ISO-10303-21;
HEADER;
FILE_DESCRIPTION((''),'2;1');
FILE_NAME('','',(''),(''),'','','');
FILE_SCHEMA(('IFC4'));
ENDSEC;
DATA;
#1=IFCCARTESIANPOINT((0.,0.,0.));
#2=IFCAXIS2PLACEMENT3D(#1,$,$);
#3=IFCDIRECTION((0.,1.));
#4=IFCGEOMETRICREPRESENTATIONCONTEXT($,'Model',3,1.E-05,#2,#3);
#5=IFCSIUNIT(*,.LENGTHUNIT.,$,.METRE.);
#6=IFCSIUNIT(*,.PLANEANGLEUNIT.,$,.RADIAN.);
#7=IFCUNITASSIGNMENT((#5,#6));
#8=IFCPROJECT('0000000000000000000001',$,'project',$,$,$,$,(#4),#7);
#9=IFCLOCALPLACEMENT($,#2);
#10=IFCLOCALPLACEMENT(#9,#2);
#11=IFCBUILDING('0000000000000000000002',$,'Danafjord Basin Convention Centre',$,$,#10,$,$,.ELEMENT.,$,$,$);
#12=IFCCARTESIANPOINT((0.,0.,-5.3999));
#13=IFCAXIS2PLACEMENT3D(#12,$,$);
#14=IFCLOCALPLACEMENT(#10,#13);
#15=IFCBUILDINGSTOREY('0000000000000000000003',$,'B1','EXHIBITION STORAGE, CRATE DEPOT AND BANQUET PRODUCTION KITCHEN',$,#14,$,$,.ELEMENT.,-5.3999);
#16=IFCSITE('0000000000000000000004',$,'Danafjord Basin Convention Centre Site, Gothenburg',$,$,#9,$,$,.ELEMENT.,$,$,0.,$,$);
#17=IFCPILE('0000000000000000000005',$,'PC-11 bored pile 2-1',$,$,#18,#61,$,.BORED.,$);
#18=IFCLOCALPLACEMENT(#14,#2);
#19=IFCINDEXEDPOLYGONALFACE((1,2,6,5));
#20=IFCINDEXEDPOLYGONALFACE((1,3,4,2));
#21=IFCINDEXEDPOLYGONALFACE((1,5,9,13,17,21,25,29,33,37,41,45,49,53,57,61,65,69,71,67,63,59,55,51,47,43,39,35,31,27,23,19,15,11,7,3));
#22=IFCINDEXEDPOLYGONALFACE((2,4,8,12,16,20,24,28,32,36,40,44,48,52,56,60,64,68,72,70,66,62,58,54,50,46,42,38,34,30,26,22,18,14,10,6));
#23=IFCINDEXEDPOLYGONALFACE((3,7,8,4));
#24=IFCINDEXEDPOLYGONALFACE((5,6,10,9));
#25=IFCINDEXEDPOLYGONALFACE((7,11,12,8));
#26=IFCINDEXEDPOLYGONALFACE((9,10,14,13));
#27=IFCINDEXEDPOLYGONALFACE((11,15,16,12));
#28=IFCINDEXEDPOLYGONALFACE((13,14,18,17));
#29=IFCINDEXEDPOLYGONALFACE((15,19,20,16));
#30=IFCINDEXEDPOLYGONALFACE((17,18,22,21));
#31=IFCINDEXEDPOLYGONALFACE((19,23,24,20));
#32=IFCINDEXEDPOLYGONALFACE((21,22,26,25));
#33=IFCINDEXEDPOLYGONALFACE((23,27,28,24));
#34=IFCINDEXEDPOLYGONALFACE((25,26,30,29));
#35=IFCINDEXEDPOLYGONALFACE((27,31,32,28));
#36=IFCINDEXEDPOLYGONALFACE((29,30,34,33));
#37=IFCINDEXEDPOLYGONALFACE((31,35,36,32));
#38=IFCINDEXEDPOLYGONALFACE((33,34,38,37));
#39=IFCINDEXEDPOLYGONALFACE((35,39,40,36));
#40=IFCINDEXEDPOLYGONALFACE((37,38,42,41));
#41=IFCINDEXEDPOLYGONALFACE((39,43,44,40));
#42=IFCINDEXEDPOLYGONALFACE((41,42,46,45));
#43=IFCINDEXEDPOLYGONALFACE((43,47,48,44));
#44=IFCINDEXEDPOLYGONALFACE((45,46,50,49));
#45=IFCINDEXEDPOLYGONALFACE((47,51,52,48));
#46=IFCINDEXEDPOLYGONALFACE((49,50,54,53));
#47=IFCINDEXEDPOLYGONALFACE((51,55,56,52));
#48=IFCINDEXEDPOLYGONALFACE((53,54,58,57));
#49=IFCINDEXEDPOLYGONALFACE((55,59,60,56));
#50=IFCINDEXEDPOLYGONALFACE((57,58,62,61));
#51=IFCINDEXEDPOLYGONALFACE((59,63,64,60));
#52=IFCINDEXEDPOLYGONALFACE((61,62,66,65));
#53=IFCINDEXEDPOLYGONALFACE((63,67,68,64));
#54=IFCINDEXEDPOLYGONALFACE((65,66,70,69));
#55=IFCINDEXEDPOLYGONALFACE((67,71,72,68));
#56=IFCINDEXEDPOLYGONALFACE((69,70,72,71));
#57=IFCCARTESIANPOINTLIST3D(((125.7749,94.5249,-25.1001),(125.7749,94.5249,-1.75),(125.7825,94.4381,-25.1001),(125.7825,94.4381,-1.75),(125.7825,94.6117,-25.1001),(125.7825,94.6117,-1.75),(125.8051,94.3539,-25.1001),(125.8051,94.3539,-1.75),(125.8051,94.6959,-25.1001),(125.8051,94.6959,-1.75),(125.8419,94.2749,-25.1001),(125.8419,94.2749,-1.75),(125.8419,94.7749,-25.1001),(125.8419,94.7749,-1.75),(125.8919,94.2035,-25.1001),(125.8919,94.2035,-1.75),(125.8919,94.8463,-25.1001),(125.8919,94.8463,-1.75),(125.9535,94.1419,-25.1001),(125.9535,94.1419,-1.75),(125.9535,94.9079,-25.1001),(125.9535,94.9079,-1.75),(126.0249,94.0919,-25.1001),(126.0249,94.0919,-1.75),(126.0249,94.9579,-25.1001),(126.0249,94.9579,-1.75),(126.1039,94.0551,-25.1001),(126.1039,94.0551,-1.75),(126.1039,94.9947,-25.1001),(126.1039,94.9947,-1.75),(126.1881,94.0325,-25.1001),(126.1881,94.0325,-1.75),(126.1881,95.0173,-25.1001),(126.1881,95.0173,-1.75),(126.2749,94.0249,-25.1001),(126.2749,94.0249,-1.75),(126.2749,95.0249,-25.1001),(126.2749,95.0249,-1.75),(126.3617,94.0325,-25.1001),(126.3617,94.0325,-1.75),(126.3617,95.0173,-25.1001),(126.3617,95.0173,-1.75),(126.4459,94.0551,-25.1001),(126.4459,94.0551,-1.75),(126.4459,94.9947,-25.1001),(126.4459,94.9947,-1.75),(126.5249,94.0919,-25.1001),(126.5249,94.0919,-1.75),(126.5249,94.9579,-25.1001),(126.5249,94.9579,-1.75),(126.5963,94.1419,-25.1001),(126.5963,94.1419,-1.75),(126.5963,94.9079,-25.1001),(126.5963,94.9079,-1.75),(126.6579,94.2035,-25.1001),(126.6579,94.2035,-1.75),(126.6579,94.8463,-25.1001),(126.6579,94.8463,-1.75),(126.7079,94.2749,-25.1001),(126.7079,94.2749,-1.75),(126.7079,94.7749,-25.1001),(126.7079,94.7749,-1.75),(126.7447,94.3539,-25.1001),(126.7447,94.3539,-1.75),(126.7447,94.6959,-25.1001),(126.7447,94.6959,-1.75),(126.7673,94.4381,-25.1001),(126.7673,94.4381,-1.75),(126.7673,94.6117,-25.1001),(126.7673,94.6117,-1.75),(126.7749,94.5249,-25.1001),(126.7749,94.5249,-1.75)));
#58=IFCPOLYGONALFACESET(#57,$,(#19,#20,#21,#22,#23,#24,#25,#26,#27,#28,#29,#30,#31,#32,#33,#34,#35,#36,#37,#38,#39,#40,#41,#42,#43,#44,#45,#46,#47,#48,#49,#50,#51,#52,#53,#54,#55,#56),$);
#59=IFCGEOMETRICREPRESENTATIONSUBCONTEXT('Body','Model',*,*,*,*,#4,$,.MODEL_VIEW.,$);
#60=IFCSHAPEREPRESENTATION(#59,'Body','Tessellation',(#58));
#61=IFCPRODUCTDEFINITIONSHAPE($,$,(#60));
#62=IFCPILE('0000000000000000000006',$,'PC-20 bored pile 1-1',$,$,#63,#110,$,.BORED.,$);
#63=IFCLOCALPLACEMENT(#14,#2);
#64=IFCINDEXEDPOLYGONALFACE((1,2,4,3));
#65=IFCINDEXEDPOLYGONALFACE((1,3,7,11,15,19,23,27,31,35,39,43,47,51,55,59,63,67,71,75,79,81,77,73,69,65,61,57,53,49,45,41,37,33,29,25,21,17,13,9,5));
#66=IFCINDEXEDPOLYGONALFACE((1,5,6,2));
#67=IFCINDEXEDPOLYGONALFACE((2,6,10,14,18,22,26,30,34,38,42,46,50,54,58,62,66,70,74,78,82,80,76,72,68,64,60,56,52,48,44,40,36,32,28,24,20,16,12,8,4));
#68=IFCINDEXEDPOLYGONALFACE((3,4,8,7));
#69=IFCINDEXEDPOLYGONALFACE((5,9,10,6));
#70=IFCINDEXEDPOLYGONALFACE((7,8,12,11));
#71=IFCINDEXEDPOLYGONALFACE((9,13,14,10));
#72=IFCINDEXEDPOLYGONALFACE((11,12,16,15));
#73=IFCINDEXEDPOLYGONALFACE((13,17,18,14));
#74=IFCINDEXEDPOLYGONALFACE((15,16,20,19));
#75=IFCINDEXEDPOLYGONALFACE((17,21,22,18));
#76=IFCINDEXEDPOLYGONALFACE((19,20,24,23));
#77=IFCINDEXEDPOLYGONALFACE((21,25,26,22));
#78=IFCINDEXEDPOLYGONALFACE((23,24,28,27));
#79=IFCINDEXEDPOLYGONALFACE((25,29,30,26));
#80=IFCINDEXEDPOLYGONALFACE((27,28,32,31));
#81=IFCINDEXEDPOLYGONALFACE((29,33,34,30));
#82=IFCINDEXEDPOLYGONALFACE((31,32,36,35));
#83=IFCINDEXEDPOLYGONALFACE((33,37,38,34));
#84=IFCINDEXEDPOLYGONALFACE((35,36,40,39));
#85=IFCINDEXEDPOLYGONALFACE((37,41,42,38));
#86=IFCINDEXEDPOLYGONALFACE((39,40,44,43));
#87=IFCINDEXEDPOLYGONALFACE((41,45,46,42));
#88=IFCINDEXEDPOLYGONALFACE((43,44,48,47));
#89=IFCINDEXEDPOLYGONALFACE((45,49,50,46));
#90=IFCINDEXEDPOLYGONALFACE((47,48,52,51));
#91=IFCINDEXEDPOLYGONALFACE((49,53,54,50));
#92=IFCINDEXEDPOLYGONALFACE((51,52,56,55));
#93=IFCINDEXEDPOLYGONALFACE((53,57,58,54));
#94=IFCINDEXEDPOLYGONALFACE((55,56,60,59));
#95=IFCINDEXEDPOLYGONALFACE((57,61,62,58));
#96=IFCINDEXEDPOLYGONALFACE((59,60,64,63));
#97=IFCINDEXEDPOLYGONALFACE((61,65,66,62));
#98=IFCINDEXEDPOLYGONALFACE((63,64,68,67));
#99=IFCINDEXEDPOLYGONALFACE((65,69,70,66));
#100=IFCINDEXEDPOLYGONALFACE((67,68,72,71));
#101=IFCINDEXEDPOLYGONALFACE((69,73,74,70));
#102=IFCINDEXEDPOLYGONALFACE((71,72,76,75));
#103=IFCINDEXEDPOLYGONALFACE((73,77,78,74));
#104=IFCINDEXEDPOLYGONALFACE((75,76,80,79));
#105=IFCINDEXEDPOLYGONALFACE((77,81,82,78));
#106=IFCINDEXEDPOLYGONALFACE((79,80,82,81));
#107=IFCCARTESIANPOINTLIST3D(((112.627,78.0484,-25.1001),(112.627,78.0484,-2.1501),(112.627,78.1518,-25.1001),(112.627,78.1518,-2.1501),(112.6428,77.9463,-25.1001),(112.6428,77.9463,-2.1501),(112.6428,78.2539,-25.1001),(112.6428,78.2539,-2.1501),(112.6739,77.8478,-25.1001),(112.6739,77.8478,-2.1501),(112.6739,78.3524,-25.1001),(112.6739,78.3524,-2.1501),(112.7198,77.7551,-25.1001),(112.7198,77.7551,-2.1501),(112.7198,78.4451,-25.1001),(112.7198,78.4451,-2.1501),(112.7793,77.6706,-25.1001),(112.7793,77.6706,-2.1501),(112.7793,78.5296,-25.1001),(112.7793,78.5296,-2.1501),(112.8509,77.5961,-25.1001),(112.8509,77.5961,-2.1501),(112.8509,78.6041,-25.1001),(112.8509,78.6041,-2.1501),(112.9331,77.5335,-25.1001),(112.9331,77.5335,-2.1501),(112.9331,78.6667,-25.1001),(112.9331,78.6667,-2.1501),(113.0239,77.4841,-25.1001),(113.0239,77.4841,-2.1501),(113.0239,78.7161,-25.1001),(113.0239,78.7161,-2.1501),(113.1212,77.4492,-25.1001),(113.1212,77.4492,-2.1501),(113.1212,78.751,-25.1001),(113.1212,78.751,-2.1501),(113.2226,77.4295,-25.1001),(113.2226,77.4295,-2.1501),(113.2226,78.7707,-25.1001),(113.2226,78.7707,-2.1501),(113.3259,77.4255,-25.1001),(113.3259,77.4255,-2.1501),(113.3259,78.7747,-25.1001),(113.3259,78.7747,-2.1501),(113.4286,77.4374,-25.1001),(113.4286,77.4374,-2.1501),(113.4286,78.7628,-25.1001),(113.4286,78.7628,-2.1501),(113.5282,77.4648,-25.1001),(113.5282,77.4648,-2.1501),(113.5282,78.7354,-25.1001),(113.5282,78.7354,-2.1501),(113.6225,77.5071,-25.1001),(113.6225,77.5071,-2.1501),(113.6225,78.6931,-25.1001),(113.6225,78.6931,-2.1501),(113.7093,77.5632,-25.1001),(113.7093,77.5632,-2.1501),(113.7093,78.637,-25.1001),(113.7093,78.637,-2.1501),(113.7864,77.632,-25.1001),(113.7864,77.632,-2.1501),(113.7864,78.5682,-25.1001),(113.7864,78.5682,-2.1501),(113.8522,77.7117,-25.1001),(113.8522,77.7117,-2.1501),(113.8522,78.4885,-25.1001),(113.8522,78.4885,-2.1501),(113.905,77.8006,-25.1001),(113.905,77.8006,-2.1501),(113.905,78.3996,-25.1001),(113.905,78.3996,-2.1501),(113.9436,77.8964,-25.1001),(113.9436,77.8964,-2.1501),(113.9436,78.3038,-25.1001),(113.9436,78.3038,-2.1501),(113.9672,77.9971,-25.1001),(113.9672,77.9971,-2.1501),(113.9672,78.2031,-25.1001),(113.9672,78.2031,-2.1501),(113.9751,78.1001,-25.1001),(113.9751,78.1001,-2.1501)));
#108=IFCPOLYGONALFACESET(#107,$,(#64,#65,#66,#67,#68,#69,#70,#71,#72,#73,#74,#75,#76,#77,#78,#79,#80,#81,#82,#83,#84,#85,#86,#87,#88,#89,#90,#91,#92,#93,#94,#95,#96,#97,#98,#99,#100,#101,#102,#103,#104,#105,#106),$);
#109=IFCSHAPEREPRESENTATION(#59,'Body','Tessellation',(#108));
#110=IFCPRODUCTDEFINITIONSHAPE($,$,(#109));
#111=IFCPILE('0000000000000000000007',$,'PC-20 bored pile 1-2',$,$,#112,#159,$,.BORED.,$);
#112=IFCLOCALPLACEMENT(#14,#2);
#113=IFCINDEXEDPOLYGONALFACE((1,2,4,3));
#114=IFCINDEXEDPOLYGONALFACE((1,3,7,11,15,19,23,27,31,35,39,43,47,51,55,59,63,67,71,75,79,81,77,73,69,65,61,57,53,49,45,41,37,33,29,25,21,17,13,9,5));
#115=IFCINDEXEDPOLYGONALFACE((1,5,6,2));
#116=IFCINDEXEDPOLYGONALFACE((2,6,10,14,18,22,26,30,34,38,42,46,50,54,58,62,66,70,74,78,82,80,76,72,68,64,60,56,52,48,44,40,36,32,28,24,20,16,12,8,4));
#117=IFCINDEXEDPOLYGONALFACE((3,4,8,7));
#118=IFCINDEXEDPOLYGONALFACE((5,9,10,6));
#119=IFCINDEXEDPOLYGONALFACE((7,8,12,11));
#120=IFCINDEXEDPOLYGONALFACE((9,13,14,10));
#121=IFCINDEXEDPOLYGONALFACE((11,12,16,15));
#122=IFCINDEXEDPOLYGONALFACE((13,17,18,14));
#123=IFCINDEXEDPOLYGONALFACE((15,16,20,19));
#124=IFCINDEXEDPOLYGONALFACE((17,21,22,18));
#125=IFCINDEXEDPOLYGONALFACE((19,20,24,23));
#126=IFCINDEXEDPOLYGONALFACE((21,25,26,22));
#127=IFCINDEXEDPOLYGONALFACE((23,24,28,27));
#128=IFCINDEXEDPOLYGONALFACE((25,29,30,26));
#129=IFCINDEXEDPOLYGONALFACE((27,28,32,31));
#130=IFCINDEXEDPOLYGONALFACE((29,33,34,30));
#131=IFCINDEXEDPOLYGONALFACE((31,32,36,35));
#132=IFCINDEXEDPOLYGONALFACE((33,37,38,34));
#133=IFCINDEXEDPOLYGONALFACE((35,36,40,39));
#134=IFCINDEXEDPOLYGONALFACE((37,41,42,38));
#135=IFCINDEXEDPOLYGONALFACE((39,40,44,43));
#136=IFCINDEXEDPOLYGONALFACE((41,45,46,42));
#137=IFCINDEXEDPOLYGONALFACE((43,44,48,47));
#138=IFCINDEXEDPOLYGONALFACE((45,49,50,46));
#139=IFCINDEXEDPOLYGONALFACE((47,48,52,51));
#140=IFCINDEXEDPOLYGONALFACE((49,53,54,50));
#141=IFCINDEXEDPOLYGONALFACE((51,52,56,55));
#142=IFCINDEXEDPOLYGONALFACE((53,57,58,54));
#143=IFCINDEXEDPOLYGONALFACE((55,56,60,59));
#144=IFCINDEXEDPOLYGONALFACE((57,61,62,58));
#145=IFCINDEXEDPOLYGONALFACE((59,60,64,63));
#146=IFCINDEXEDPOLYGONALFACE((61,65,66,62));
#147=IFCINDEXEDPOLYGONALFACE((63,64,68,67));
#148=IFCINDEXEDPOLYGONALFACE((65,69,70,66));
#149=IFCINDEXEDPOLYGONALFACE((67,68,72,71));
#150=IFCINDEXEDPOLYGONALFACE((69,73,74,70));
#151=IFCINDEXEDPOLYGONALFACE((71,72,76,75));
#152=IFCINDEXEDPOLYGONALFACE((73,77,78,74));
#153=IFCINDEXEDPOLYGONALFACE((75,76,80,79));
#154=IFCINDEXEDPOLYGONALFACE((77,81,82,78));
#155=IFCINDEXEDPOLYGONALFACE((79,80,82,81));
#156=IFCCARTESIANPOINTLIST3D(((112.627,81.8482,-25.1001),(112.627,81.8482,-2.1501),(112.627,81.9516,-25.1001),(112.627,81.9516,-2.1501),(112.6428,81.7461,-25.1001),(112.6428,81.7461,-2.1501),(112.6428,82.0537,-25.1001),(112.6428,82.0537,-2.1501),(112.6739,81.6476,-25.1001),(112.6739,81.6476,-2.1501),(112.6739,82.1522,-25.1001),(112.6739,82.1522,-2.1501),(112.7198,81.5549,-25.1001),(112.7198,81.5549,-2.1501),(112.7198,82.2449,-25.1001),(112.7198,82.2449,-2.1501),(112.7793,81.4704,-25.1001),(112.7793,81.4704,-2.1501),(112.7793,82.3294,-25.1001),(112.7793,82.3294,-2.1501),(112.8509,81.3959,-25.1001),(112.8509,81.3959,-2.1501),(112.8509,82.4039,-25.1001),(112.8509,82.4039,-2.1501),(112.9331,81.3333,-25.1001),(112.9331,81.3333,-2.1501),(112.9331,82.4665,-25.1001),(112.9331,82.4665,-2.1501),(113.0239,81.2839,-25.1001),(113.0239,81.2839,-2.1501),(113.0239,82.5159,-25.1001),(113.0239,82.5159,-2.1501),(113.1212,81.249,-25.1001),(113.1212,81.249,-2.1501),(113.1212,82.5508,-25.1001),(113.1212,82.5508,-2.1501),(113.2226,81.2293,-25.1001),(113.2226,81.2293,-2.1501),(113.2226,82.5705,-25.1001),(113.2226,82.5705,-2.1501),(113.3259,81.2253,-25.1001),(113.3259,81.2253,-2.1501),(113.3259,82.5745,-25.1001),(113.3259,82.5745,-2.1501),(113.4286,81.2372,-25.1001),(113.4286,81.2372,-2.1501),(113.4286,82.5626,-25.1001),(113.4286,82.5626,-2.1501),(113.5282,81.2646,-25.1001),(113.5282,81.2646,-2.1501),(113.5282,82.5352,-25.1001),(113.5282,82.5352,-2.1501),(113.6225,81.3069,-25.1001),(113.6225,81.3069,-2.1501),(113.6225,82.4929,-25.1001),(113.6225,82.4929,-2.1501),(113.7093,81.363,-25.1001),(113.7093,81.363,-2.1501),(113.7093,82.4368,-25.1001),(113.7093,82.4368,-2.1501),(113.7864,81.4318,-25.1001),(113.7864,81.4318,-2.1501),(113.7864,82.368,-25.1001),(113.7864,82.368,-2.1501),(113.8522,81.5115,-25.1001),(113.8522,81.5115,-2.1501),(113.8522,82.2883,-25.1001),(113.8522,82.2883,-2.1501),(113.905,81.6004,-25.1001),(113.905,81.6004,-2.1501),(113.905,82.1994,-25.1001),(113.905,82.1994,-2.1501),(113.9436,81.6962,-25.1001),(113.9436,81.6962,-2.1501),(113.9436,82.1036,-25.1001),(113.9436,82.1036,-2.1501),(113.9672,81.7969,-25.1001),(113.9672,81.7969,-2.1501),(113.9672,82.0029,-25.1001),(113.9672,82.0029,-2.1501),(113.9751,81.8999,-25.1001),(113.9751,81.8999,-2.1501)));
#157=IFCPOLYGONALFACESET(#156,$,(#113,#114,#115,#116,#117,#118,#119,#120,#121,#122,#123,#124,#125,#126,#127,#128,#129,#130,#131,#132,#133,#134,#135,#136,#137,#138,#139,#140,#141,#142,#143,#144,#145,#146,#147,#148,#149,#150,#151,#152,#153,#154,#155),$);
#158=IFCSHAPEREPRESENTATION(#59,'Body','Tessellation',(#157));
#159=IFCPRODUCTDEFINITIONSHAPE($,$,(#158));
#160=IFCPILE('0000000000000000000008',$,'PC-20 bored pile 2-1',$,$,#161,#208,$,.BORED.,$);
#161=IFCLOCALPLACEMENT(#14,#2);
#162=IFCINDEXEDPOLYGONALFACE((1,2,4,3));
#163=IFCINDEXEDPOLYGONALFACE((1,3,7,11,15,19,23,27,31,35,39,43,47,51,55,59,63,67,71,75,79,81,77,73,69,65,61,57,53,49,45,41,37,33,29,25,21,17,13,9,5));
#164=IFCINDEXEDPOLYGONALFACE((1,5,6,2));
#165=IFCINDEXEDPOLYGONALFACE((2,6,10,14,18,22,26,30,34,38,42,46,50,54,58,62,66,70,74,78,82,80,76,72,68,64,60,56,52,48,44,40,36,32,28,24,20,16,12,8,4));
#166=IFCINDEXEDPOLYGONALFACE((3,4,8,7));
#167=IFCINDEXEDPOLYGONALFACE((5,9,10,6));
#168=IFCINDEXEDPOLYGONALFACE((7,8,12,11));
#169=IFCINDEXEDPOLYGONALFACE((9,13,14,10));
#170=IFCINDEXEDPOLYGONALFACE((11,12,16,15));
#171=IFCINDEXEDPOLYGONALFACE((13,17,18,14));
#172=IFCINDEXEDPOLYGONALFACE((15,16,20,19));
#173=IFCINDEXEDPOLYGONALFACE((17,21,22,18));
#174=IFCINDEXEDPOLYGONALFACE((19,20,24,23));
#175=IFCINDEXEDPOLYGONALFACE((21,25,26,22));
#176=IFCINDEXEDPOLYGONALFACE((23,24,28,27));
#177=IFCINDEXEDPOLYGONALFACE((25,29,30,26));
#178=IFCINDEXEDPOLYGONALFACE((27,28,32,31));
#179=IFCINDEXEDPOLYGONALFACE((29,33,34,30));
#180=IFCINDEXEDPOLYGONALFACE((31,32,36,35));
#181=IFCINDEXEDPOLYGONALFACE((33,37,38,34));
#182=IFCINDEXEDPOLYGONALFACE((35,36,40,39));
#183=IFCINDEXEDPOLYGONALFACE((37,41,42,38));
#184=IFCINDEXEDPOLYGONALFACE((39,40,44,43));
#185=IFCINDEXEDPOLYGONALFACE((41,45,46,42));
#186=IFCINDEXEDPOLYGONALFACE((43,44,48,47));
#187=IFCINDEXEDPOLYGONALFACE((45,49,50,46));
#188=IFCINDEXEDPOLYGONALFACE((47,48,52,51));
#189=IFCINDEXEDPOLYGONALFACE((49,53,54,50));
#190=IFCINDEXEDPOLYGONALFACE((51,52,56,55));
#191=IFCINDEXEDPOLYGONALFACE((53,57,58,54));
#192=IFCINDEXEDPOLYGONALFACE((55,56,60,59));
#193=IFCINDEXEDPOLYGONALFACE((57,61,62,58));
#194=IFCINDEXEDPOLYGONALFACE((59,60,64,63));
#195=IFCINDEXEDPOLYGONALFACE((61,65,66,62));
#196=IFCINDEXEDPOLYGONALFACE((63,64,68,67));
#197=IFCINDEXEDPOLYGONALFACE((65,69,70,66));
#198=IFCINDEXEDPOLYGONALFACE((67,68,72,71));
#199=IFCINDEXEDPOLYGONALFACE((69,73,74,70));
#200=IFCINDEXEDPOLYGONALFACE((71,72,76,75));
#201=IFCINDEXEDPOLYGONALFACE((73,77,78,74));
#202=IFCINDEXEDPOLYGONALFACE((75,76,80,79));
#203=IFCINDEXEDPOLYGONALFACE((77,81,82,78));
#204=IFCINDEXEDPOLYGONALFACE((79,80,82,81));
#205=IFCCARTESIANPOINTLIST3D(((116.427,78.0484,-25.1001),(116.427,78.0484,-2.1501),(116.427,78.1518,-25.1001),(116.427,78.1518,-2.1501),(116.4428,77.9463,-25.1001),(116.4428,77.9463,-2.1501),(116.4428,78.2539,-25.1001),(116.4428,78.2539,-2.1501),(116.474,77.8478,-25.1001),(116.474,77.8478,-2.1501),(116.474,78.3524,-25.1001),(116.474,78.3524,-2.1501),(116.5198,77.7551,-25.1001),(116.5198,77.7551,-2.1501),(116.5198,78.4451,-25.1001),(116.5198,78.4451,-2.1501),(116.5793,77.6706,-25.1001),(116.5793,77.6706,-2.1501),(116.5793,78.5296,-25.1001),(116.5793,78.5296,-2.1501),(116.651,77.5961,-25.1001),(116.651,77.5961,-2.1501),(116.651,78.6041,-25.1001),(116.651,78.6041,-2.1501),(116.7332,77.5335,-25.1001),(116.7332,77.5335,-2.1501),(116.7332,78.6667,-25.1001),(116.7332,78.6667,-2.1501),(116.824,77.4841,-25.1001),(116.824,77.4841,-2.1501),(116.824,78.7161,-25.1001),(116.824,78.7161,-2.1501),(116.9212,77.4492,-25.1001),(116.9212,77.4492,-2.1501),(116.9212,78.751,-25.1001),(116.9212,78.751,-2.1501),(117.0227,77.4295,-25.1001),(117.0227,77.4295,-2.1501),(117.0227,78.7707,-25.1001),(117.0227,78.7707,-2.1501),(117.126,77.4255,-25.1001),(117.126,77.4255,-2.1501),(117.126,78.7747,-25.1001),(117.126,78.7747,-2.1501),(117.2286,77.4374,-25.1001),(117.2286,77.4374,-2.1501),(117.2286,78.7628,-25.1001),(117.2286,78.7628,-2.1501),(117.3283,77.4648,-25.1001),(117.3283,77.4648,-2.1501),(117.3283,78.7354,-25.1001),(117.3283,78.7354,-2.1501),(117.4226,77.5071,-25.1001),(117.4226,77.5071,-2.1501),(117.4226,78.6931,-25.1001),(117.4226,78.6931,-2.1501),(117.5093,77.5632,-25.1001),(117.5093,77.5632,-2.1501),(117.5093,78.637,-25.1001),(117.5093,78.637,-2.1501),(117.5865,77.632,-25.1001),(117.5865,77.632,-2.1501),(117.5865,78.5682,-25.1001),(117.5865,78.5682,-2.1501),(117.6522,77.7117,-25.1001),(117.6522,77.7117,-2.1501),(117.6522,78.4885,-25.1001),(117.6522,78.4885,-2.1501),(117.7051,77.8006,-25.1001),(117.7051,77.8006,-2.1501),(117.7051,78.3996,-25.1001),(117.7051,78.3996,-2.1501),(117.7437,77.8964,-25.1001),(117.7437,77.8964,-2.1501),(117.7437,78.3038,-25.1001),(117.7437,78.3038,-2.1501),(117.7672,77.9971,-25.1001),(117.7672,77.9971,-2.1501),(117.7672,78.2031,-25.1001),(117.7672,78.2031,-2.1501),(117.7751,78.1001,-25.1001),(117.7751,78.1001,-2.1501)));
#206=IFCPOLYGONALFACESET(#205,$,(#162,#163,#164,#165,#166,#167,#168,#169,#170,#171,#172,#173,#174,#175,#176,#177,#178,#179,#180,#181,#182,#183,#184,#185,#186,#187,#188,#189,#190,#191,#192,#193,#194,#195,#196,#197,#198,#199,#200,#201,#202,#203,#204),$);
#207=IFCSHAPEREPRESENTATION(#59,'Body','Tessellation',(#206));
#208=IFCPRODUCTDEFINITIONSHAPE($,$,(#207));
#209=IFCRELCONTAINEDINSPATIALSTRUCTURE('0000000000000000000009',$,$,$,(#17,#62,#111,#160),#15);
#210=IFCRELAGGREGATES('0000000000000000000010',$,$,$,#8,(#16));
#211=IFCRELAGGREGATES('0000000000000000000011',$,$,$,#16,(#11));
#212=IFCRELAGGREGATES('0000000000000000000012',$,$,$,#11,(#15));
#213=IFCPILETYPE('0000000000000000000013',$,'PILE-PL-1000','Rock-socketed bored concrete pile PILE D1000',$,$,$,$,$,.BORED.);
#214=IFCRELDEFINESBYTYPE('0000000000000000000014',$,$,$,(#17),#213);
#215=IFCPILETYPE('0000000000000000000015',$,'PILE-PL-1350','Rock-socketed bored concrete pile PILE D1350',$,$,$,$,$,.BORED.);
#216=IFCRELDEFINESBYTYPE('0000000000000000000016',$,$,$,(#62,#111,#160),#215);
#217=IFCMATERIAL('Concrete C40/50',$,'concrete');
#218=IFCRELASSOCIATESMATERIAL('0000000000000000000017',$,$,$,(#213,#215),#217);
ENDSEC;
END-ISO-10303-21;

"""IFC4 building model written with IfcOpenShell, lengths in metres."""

from ifc_helpers import new_model, si_unit, direction, frame, origin, origin_2d, place, context, subcontext, project, spatial, circle, extrude, material, material_profile, profile_set, type_object, element, save


model = new_model("IFC4")

# Units and contexts
model_context = context("Model", 3, precision=1e-05, world=origin(), true_north=direction((0.0, 1.0)))
body_context = subcontext(model_context, "Body", "Model", "MODEL_VIEW")
ifc_project = project(units=[si_unit("LENGTHUNIT", "METRE"), si_unit("PLANEANGLEUNIT", "RADIAN")], contexts=[model_context])

# Site, building, storey
site_placement = place(None, origin())
site = spatial("IfcSite", under=ifc_project, at=site_placement, Name="Danafjord Basin Convention Centre Site, Gothenburg", CompositionType="ELEMENT", RefElevation=0.0)
building_placement = place(site_placement, origin())
building = spatial("IfcBuilding", under=site, at=building_placement, Name="Danafjord Basin Convention Centre", CompositionType="ELEMENT")
storey_placement = place(building_placement, frame((0.0, 0.0, -5.3999)))
storey = spatial("IfcBuildingStorey", under=building, at=storey_placement, Name="B1", Description="EXHIBITION STORAGE, CRATE DEPOT AND BANQUET PRODUCTION KITCHEN", CompositionType="ELEMENT", Elevation=-5.3999)

# Shared definitions
ifc_material_1 = material(Name="Concrete C40/50", Category="concrete")

# Piles
ifc_material_profile_1 = material_profile(ifc_material_1, circle(Radius=0.5, at=origin_2d()), Name="PILE D1000")
ifc_profile_set_1 = profile_set([ifc_material_profile_1], Name="Concrete C40/50")
pile_type_1 = type_object("IfcPileType", Name="PILE-PL-1000", Description="Rock-socketed bored concrete pile PILE D1000", PredefinedType="BORED", material=ifc_profile_set_1)
for number, where, z_axis, x_axis, name in (
    (1, (126.2749, 94.5249, -1.75), (0.0, 0.0, -1.0), (1.0, 0.0, 0.0), "PC-11 bored pile 2-1"),
):
    element("IfcPile", number, at=place(storey_placement, frame(where, z_axis=z_axis, x_axis=x_axis)), inside=storey, type_object=pile_type_1, Name=name, PredefinedType="BORED", context=body_context, shape_type="SweptSolid", body=[
        extrude(circle(Radius=0.5, at=origin_2d()), origin(), (0.0, 0.0, 1.0), 23.3501),
    ])
ifc_material_profile_2 = material_profile(ifc_material_1, circle(Radius=0.675, at=origin_2d()), Name="PILE D1350")
ifc_profile_set_2 = profile_set([ifc_material_profile_2], Name="Concrete C40/50")
pile_type_2 = type_object("IfcPileType", Name="PILE-PL-1350", Description="Rock-socketed bored concrete pile PILE D1350", PredefinedType="BORED", material=ifc_profile_set_2)
for number, where, z_axis, x_axis, name in (
    (2, (113.3, 78.1001, -2.1501), (0.0, 0.0, -1.0), (1.0, 0.0, 0.0), "PC-20 bored pile 1-1"),
    (3, (113.3, 81.8999, -2.1501), (0.0, 0.0, -1.0), (1.0, 0.0, 0.0), "PC-20 bored pile 1-2"),
    (4, (117.1001, 78.1001, -2.1501), (0.0, 0.0, -1.0), (1.0, 0.0, 0.0), "PC-20 bored pile 2-1"),
):
    element("IfcPile", number, at=place(storey_placement, frame(where, z_axis=z_axis, x_axis=x_axis)), inside=storey, type_object=pile_type_2, Name=name, PredefinedType="BORED", context=body_context, shape_type="SweptSolid", body=[
        extrude(circle(Radius=0.675, at=origin_2d()), origin(), (0.0, 0.0, 1.0), 22.95),
    ])

save(model, "model.ifc")
